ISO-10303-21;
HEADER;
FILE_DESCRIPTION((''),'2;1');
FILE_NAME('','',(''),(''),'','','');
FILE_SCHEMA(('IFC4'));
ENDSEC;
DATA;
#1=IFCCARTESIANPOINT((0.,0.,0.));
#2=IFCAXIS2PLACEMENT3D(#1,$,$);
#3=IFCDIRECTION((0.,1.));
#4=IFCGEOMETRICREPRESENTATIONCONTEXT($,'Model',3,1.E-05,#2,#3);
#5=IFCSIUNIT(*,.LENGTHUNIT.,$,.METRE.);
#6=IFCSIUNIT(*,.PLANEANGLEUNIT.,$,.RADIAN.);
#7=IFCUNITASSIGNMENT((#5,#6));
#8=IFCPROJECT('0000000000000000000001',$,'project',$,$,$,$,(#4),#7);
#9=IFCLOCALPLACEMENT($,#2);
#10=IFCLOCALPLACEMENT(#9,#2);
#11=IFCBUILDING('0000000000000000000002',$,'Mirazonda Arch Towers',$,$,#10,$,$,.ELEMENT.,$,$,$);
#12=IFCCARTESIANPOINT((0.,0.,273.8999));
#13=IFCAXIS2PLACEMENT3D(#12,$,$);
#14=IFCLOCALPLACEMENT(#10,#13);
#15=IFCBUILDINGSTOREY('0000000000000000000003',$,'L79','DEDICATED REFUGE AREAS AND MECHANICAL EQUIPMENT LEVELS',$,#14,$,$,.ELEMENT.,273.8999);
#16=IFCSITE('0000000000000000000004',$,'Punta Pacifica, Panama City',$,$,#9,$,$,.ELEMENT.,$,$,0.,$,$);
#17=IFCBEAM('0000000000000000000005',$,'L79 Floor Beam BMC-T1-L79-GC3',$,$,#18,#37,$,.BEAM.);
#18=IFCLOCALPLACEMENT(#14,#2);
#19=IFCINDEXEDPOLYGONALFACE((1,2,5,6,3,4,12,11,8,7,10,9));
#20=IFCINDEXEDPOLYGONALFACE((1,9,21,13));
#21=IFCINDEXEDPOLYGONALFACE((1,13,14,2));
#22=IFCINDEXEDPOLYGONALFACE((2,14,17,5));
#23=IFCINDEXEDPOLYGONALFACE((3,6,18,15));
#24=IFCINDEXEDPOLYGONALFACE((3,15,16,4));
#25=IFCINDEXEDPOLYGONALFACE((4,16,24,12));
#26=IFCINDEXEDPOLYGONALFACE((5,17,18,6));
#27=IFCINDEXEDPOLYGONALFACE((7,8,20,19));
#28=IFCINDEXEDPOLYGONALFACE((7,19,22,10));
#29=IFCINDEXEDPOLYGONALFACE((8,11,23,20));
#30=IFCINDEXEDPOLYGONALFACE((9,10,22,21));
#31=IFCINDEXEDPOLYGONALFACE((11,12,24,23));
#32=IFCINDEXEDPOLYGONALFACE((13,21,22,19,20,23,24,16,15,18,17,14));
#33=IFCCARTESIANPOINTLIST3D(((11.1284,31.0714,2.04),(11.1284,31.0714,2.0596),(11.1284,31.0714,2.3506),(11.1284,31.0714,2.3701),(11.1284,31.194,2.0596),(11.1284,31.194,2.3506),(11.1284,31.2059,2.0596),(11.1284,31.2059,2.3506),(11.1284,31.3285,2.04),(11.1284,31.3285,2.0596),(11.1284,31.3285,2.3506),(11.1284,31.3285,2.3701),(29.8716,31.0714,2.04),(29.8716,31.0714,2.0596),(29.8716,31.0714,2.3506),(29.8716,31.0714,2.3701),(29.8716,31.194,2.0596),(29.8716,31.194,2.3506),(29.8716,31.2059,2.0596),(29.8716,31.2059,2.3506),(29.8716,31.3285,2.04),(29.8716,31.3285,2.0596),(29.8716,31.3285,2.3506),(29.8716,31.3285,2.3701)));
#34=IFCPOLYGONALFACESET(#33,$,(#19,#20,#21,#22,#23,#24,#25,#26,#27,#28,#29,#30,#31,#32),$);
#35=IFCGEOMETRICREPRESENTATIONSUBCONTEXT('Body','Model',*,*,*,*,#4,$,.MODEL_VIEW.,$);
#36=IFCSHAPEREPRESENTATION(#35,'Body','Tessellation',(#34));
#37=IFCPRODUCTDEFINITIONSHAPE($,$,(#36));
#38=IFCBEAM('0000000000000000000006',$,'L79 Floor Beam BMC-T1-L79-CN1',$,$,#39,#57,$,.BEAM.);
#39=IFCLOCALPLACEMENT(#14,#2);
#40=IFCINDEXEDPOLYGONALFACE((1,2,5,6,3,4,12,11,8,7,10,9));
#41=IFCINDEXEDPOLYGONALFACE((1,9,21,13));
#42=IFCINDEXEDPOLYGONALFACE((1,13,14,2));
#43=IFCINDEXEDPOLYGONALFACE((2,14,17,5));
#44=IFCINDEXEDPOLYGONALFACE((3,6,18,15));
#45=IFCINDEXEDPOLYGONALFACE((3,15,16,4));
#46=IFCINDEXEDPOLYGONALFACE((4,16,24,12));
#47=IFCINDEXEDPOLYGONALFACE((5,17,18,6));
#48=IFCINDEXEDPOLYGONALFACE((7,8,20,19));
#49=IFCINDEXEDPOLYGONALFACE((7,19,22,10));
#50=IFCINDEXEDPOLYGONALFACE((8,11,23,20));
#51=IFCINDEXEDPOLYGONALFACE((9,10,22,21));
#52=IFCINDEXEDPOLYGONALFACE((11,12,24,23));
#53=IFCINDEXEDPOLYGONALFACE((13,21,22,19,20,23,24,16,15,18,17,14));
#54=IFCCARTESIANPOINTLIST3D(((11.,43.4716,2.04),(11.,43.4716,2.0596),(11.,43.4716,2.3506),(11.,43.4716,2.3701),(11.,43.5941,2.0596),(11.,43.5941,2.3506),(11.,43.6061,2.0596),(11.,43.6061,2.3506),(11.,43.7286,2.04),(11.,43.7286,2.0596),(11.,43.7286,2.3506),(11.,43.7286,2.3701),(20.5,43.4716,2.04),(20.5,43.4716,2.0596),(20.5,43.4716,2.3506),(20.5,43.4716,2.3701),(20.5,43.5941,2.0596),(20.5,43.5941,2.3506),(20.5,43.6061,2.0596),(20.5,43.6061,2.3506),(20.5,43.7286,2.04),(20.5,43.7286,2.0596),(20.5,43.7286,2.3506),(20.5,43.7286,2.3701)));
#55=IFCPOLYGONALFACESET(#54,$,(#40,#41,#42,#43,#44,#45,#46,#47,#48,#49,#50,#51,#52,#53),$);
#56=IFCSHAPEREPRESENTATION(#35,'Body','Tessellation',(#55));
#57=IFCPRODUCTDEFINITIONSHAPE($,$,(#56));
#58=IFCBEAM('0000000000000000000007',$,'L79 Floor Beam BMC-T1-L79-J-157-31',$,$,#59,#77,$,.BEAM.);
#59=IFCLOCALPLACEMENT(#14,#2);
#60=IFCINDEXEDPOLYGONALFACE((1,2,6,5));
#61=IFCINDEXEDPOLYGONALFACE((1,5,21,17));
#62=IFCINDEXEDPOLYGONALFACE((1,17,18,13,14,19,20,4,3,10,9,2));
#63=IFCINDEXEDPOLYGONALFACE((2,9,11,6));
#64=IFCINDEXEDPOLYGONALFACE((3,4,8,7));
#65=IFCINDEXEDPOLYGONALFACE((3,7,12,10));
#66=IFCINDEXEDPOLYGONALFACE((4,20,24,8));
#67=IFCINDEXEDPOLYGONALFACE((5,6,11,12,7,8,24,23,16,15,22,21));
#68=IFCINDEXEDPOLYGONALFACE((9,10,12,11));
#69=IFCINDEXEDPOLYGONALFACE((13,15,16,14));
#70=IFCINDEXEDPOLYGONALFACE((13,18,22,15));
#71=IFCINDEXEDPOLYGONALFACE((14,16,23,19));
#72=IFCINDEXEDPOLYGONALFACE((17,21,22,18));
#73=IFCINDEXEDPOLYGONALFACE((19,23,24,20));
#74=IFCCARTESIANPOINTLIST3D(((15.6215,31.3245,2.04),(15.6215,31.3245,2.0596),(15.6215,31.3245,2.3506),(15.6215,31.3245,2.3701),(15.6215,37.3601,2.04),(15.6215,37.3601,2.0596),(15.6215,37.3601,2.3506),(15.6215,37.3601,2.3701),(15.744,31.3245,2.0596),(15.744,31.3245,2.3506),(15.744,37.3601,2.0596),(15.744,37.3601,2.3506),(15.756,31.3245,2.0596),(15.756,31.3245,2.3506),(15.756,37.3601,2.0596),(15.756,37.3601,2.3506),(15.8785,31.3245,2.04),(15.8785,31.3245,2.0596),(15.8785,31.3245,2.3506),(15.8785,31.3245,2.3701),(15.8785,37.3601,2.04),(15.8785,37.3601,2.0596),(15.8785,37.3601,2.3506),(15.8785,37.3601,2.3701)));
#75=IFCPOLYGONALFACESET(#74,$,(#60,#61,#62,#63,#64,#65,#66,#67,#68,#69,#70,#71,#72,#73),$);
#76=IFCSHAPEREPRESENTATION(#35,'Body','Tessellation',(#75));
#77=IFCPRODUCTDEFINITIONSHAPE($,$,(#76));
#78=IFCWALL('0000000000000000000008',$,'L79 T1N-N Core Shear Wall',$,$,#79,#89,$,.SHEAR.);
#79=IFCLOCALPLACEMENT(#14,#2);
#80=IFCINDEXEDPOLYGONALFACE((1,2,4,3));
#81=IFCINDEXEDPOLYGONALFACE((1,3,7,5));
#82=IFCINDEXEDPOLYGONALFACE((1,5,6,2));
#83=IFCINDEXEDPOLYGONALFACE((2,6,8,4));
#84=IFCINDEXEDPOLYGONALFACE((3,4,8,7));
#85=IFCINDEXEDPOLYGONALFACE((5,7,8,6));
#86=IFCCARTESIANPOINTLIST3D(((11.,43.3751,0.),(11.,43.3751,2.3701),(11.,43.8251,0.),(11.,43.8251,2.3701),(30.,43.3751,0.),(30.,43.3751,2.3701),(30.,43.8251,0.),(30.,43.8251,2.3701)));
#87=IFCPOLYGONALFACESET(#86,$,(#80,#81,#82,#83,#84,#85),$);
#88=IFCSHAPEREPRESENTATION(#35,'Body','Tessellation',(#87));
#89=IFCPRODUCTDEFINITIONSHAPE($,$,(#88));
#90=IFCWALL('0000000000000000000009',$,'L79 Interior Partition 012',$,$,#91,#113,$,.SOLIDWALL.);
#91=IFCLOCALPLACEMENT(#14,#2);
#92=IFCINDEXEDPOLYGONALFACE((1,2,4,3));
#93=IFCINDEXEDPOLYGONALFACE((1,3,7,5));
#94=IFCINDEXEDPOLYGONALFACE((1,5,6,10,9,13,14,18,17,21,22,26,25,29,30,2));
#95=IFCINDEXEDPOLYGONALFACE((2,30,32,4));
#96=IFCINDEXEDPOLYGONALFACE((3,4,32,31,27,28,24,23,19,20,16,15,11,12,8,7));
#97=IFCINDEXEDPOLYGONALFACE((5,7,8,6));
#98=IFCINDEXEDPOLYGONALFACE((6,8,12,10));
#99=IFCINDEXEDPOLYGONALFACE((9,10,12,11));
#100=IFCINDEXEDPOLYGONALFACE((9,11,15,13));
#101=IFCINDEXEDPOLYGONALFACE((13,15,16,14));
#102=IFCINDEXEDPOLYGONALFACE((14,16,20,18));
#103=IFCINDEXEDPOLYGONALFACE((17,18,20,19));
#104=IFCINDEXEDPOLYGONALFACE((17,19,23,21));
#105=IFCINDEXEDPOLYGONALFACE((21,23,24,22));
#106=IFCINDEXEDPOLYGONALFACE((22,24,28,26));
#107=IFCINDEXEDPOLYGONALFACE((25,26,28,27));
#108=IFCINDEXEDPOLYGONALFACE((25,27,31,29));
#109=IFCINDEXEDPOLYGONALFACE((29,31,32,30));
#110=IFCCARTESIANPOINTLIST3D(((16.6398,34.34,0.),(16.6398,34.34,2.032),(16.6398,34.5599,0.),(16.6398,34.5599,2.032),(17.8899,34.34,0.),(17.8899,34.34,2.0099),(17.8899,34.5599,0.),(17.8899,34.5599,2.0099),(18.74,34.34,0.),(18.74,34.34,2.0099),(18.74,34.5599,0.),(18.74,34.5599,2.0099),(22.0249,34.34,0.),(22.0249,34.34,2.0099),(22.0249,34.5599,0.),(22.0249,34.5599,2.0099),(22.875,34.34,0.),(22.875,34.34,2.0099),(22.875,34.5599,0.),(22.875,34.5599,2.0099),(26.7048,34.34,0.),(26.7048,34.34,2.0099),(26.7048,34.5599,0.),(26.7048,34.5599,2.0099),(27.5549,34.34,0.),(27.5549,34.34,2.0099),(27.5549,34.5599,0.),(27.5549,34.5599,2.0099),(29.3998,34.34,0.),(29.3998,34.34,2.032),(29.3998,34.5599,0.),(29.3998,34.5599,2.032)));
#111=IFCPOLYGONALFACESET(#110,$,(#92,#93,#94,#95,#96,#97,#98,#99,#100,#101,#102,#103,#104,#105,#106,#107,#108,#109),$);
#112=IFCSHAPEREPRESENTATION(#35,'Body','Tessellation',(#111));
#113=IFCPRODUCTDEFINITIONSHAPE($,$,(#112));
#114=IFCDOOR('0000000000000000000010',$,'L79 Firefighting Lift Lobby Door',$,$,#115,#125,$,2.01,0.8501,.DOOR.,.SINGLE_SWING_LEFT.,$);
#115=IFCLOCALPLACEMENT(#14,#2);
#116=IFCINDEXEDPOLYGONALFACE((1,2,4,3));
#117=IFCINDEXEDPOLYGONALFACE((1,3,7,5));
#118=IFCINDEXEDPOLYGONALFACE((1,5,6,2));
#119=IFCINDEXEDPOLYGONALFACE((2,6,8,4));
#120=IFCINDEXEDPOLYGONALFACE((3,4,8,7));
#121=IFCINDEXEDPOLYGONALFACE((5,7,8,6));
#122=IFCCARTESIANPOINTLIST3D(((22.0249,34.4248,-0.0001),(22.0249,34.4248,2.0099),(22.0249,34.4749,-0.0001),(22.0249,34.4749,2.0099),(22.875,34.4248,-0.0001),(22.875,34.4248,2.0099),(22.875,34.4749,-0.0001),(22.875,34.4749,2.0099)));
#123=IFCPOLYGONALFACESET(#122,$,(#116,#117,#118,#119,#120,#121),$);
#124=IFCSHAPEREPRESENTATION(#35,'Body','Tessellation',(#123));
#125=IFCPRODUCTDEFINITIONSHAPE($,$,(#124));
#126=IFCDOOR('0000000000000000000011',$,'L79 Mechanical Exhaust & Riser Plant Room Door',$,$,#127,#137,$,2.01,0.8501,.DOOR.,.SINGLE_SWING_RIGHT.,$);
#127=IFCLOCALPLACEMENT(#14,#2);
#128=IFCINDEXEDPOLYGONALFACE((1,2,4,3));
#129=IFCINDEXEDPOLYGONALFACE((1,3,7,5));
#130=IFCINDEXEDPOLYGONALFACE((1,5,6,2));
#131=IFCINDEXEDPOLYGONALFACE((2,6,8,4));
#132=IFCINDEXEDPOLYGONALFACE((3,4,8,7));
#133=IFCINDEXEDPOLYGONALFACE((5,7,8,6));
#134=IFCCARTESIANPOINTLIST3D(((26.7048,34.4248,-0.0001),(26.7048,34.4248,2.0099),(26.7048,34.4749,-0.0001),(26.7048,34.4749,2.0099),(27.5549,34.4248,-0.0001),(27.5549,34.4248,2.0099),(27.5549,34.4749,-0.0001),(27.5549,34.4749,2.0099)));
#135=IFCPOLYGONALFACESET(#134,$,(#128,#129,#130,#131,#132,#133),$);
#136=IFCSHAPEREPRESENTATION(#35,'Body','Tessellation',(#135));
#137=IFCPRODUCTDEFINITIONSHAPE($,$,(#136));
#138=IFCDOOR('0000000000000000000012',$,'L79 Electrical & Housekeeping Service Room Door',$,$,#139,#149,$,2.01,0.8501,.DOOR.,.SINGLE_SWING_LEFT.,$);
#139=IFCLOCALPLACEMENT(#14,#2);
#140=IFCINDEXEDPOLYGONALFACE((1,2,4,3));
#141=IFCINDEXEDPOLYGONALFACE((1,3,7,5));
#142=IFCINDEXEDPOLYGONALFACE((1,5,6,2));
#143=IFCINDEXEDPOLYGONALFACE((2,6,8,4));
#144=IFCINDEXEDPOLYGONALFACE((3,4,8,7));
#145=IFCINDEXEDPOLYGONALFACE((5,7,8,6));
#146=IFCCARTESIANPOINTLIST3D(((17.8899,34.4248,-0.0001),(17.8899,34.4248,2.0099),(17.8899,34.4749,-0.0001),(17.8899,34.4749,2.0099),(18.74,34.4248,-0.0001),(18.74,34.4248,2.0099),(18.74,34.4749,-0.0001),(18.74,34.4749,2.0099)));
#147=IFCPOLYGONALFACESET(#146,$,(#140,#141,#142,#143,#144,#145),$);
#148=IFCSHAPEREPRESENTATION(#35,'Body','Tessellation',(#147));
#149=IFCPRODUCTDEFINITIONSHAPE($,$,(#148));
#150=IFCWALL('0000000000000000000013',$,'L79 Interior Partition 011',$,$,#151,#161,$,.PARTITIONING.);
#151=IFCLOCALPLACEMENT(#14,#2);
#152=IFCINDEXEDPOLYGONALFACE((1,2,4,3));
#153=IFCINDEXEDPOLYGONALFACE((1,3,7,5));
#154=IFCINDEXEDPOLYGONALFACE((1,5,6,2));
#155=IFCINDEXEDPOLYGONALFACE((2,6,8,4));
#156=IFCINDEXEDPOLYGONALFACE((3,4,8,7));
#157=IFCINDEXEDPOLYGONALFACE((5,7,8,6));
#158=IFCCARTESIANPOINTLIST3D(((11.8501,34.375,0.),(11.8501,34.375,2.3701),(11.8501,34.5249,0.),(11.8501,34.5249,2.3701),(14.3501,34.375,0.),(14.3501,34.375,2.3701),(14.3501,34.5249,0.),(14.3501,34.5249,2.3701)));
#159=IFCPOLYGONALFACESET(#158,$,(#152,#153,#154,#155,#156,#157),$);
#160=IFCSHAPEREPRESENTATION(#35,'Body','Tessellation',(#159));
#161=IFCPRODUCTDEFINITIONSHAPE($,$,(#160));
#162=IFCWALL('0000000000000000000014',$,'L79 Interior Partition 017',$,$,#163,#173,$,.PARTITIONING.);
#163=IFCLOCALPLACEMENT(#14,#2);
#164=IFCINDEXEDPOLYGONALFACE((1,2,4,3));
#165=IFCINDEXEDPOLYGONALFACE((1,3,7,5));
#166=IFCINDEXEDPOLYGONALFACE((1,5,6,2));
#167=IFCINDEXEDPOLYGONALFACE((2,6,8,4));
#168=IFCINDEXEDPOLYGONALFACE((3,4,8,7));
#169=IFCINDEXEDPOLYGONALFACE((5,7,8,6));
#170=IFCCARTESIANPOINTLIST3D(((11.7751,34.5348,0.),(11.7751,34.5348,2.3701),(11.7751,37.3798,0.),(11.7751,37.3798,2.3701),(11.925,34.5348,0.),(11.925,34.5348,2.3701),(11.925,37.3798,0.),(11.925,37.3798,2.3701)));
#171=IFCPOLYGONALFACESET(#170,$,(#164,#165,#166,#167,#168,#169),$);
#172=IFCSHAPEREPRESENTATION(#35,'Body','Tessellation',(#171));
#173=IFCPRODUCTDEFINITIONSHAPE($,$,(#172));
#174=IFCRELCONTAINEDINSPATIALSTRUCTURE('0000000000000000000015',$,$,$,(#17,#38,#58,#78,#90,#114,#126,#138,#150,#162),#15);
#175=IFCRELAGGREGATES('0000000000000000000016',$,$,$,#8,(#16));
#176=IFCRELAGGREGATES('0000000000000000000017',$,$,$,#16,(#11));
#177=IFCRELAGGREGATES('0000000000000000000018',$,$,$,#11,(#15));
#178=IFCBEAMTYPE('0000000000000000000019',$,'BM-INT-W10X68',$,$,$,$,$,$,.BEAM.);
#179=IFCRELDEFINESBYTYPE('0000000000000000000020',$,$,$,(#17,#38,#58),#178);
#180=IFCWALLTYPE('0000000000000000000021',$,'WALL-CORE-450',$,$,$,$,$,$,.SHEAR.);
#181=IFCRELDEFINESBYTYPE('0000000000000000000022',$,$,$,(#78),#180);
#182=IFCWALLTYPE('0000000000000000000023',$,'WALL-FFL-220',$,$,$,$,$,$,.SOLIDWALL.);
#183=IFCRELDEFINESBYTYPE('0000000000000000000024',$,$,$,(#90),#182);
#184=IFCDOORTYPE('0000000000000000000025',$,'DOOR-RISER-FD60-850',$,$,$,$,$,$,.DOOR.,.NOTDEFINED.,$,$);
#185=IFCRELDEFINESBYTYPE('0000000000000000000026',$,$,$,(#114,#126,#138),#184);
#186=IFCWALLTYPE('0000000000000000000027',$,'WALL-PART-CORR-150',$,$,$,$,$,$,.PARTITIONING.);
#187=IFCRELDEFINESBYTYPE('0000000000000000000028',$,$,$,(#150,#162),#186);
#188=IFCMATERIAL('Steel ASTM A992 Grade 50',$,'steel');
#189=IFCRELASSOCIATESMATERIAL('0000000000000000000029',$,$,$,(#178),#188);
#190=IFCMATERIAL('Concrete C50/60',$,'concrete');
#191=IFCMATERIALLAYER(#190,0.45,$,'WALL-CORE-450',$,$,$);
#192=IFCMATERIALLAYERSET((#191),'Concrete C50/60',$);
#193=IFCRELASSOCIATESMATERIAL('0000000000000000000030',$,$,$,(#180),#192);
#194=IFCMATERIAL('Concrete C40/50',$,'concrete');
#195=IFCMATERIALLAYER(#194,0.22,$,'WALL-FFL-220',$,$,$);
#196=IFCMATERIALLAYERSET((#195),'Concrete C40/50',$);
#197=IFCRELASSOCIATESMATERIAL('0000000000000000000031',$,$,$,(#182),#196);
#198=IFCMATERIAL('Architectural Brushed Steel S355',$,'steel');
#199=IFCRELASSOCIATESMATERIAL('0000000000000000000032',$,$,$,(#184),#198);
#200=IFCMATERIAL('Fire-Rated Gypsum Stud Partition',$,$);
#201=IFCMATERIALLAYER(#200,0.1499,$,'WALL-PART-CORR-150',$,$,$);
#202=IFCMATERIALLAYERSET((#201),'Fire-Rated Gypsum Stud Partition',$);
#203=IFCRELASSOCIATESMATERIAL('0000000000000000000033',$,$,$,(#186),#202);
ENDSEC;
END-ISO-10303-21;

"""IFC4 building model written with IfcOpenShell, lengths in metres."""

from ifc_helpers import new_model, si_unit, direction, frame, frame_2d, origin, origin_2d, place, context, subcontext, project, spatial, rectangle, i_section, extrude, material, layer, layer_set, material_profile, profile_set, type_object, element, fill, save


model = new_model("IFC4")

# Units and contexts
model_context = context("Model", 3, precision=1e-05, world=origin(), true_north=direction((0.0, 1.0)))
body_context = subcontext(model_context, "Body", "Model", "MODEL_VIEW")
ifc_project = project(units=[si_unit("LENGTHUNIT", "METRE"), si_unit("PLANEANGLEUNIT", "RADIAN")], contexts=[model_context])

# Site, building, storey
site_placement = place(None, origin())
site = spatial("IfcSite", under=ifc_project, at=site_placement, Name="Punta Pacifica, Panama City", CompositionType="ELEMENT", RefElevation=0.0)
building_placement = place(site_placement, origin())
building = spatial("IfcBuilding", under=site, at=building_placement, Name="Mirazonda Arch Towers", CompositionType="ELEMENT")
storey_placement = place(building_placement, frame((0.0, 0.0, 273.8999)))
storey = spatial("IfcBuildingStorey", under=building, at=storey_placement, Name="L79", Description="DEDICATED REFUGE AREAS AND MECHANICAL EQUIPMENT LEVELS", CompositionType="ELEMENT", Elevation=273.8999)

# Beams
ifc_material_1 = material(Name="Steel ASTM A992 Grade 50", Category="steel")
ifc_material_profile = material_profile(ifc_material_1, i_section(OverallWidth=0.2571, OverallDepth=0.3301, WebThickness=0.012, FlangeThickness=0.0195, at=origin_2d()), Name="W10X68")
ifc_profile_set = profile_set([ifc_material_profile], Name="Steel ASTM A992 Grade 50")
beam_type = type_object("IfcBeamType", Name="BM-INT-W10X68", PredefinedType="BEAM", material=ifc_profile_set)
beam_1_placement = place(storey_placement, frame((11.1284, 31.2, 2.2051), z_axis=(1.0, 0.0, 0.0), x_axis=(0.0, 1.0, 0.0)))
element("IfcBeam", 1, at=beam_1_placement, inside=storey, type_object=beam_type, Name="L79 Floor Beam BMC-T1-L79-GC3", PredefinedType="BEAM", context=body_context, shape_type="SweptSolid", body=[
    extrude(i_section(OverallWidth=0.2571, OverallDepth=0.3301, WebThickness=0.012, FlangeThickness=0.0195, at=origin_2d()), origin(), (0.0, 0.0, 1.0), 18.7432),
])
beam_2_placement = place(storey_placement, frame((11.0, 43.6001, 2.2051), z_axis=(1.0, 0.0, 0.0), x_axis=(0.0, 1.0, 0.0)))
element("IfcBeam", 2, at=beam_2_placement, inside=storey, type_object=beam_type, Name="L79 Floor Beam BMC-T1-L79-CN1", PredefinedType="BEAM", context=body_context, shape_type="SweptSolid", body=[
    extrude(i_section(OverallWidth=0.2571, OverallDepth=0.3301, WebThickness=0.012, FlangeThickness=0.0195, at=origin_2d()), origin(), (0.0, 0.0, 1.0), 9.5),
])
beam_3_placement = place(storey_placement, frame((15.75, 31.3245, 2.2051), z_axis=(0.0, 1.0, 0.0), x_axis=(-1.0, 0.0, 0.0)))
element("IfcBeam", 3, at=beam_3_placement, inside=storey, type_object=beam_type, Name="L79 Floor Beam BMC-T1-L79-J-157-31", PredefinedType="BEAM", context=body_context, shape_type="SweptSolid", body=[
    extrude(i_section(OverallWidth=0.2571, OverallDepth=0.3301, WebThickness=0.012, FlangeThickness=0.0195, at=origin_2d()), origin(), (0.0, 0.0, 1.0), 6.0356),
])

# Wall
ifc_material_2 = material(Name="Concrete C50/60", Category="concrete")
ifc_layer_1 = layer(ifc_material_2, 0.45, Name="WALL-CORE-450")
ifc_layer_set_1 = layer_set([ifc_layer_1], Name="Concrete C50/60")
wall_type_1 = type_object("IfcWallType", Name="WALL-CORE-450", PredefinedType="SHEAR", material=ifc_layer_set_1)
wall_1_placement = place(storey_placement, frame((11.0, 43.6001, 0.0), z_axis=(0.0, 0.0, 1.0), x_axis=(1.0, 0.0, 0.0)))
element("IfcWall", 4, at=wall_1_placement, inside=storey, type_object=wall_type_1, Name="L79 T1N-N Core Shear Wall", PredefinedType="SHEAR", context=body_context, shape_type="SweptSolid", body=[
    extrude(rectangle(XDim=19.0, YDim=0.45, at=frame_2d((9.5, 0.0))), origin(), (0.0, 0.0, 1.0), 2.3701),
])

# Wall, openings, doors
ifc_material_3 = material(Name="Concrete C40/50", Category="concrete")
ifc_layer_2 = layer(ifc_material_3, 0.22, Name="WALL-FFL-220")
ifc_layer_set_2 = layer_set([ifc_layer_2], Name="Concrete C40/50")
wall_type_2 = type_object("IfcWallType", Name="WALL-FFL-220", PredefinedType="SOLIDWALL", material=ifc_layer_set_2)
wall_2_placement = place(storey_placement, frame((16.6399, 34.45, 0.0), z_axis=(0.0, 0.0, 1.0), x_axis=(1.0, 0.0, 0.0)))
wall_2 = element("IfcWall", 5, at=wall_2_placement, inside=storey, type_object=wall_type_2, Name="L79 Interior Partition 012", PredefinedType="SOLIDWALL", context=body_context, shape_type="SweptSolid", body=[
    extrude(rectangle(XDim=12.76, YDim=0.22, at=frame_2d((6.3799, 0.0))), origin(), (0.0, 0.0, 1.0), 2.032),
])
opening_1_placement = place(wall_2_placement, frame((5.385, 0.0, 0.0)))
opening_1 = element("IfcOpeningElement", 6, at=opening_1_placement, cuts=wall_2, PredefinedType="OPENING", context=body_context, shape_type="SweptSolid", body=[
    extrude(rectangle(XDim=0.8501, YDim=2.01, at=frame_2d((0.425, 1.0049))), frame((0.0, 0.1199, 0.0), z_axis=(0.0, -1.0, 0.0), x_axis=(1.0, 0.0, 0.0)), (0.0, 0.0, 1.0), 0.24),
])
opening_2_placement = place(wall_2_placement, frame((10.0649, 0.0, 0.0)))
opening_2 = element("IfcOpeningElement", 7, at=opening_2_placement, cuts=wall_2, PredefinedType="OPENING", context=body_context, shape_type="SweptSolid", body=[
    extrude(rectangle(XDim=0.8501, YDim=2.01, at=frame_2d((0.425, 1.0049))), frame((0.0, 0.1199, 0.0), z_axis=(0.0, -1.0, 0.0), x_axis=(1.0, 0.0, 0.0)), (0.0, 0.0, 1.0), 0.24),
])
opening_3_placement = place(wall_2_placement, frame((1.25, 0.0, 0.0)))
opening_3 = element("IfcOpeningElement", 8, at=opening_3_placement, cuts=wall_2, PredefinedType="OPENING", context=body_context, shape_type="SweptSolid", body=[
    extrude(rectangle(XDim=0.8501, YDim=2.01, at=frame_2d((0.425, 1.0049))), frame((0.0, 0.1199, 0.0), z_axis=(0.0, -1.0, 0.0), x_axis=(1.0, 0.0, 0.0)), (0.0, 0.0, 1.0), 0.24),
])
ifc_material_4 = material(Name="Architectural Brushed Steel S355", Category="steel")
door_type = type_object("IfcDoorType", Name="DOOR-RISER-FD60-850", OperationType="NOTDEFINED", PredefinedType="DOOR", material=ifc_material_4)
door_1_placement = place(opening_1_placement, origin())
door_1 = element("IfcDoor", 9, at=door_1_placement, inside=storey, type_object=door_type, Name="L79 Firefighting Lift Lobby Door", OperationType="SINGLE_SWING_LEFT", OverallHeight=2.01, OverallWidth=0.8501, PredefinedType="DOOR", context=body_context, shape_type="SweptSolid", body=[
    extrude(rectangle(XDim=0.8501, YDim=2.01, at=frame_2d((0.425, 1.0049))), frame((0.0, 0.0249, 0.0), z_axis=(0.0, -1.0, 0.0), x_axis=(1.0, 0.0, 0.0)), (0.0, 0.0, 1.0), 0.05),
])
fill(opening_1, door_1)
door_2_placement = place(opening_2_placement, origin())
door_2 = element("IfcDoor", 10, at=door_2_placement, inside=storey, type_object=door_type, Name="L79 Mechanical Exhaust & Riser Plant Room Door", OperationType="SINGLE_SWING_RIGHT", OverallHeight=2.01, OverallWidth=0.8501, PredefinedType="DOOR", context=body_context, shape_type="SweptSolid", body=[
    extrude(rectangle(XDim=0.8501, YDim=2.01, at=frame_2d((0.425, 1.0049))), frame((0.0, 0.0249, 0.0), z_axis=(0.0, -1.0, 0.0), x_axis=(1.0, 0.0, 0.0)), (0.0, 0.0, 1.0), 0.05),
])
fill(opening_2, door_2)
door_3_placement = place(opening_3_placement, origin())
door_3 = element("IfcDoor", 11, at=door_3_placement, inside=storey, type_object=door_type, Name="L79 Electrical & Housekeeping Service Room Door", OperationType="SINGLE_SWING_LEFT", OverallHeight=2.01, OverallWidth=0.8501, PredefinedType="DOOR", context=body_context, shape_type="SweptSolid", body=[
    extrude(rectangle(XDim=0.8501, YDim=2.01, at=frame_2d((0.425, 1.0049))), frame((0.0, 0.0249, 0.0), z_axis=(0.0, -1.0, 0.0), x_axis=(1.0, 0.0, 0.0)), (0.0, 0.0, 1.0), 0.05),
])
fill(opening_3, door_3)

# Walls
ifc_material_5 = material(Name="Fire-Rated Gypsum Stud Partition")
ifc_layer_3 = layer(ifc_material_5, 0.1499, Name="WALL-PART-CORR-150")
ifc_layer_set_3 = layer_set([ifc_layer_3], Name="Fire-Rated Gypsum Stud Partition")
wall_type_3 = type_object("IfcWallType", Name="WALL-PART-CORR-150", PredefinedType="PARTITIONING", material=ifc_layer_set_3)
wall_3_placement = place(storey_placement, frame((11.8501, 34.45, 0.0), z_axis=(0.0, 0.0, 1.0), x_axis=(1.0, 0.0, 0.0)))
element("IfcWall", 12, at=wall_3_placement, inside=storey, type_object=wall_type_3, Name="L79 Interior Partition 011", PredefinedType="PARTITIONING", context=body_context, shape_type="SweptSolid", body=[
    extrude(rectangle(XDim=2.5, YDim=0.1499, at=frame_2d((1.25, 0.0))), origin(), (0.0, 0.0, 1.0), 2.3701),
])
wall_4_placement = place(storey_placement, frame((11.8501, 34.5349, 0.0), z_axis=(0.0, 0.0, 1.0), x_axis=(0.0, 1.0, 0.0)))
element("IfcWall", 13, at=wall_4_placement, inside=storey, type_object=wall_type_3, Name="L79 Interior Partition 017", PredefinedType="PARTITIONING", context=body_context, shape_type="SweptSolid", body=[
    extrude(rectangle(XDim=2.845, YDim=0.1499, at=frame_2d((1.4224, 0.0))), origin(), (0.0, 0.0, 1.0), 2.3701),
])

save(model, "model.ifc")
